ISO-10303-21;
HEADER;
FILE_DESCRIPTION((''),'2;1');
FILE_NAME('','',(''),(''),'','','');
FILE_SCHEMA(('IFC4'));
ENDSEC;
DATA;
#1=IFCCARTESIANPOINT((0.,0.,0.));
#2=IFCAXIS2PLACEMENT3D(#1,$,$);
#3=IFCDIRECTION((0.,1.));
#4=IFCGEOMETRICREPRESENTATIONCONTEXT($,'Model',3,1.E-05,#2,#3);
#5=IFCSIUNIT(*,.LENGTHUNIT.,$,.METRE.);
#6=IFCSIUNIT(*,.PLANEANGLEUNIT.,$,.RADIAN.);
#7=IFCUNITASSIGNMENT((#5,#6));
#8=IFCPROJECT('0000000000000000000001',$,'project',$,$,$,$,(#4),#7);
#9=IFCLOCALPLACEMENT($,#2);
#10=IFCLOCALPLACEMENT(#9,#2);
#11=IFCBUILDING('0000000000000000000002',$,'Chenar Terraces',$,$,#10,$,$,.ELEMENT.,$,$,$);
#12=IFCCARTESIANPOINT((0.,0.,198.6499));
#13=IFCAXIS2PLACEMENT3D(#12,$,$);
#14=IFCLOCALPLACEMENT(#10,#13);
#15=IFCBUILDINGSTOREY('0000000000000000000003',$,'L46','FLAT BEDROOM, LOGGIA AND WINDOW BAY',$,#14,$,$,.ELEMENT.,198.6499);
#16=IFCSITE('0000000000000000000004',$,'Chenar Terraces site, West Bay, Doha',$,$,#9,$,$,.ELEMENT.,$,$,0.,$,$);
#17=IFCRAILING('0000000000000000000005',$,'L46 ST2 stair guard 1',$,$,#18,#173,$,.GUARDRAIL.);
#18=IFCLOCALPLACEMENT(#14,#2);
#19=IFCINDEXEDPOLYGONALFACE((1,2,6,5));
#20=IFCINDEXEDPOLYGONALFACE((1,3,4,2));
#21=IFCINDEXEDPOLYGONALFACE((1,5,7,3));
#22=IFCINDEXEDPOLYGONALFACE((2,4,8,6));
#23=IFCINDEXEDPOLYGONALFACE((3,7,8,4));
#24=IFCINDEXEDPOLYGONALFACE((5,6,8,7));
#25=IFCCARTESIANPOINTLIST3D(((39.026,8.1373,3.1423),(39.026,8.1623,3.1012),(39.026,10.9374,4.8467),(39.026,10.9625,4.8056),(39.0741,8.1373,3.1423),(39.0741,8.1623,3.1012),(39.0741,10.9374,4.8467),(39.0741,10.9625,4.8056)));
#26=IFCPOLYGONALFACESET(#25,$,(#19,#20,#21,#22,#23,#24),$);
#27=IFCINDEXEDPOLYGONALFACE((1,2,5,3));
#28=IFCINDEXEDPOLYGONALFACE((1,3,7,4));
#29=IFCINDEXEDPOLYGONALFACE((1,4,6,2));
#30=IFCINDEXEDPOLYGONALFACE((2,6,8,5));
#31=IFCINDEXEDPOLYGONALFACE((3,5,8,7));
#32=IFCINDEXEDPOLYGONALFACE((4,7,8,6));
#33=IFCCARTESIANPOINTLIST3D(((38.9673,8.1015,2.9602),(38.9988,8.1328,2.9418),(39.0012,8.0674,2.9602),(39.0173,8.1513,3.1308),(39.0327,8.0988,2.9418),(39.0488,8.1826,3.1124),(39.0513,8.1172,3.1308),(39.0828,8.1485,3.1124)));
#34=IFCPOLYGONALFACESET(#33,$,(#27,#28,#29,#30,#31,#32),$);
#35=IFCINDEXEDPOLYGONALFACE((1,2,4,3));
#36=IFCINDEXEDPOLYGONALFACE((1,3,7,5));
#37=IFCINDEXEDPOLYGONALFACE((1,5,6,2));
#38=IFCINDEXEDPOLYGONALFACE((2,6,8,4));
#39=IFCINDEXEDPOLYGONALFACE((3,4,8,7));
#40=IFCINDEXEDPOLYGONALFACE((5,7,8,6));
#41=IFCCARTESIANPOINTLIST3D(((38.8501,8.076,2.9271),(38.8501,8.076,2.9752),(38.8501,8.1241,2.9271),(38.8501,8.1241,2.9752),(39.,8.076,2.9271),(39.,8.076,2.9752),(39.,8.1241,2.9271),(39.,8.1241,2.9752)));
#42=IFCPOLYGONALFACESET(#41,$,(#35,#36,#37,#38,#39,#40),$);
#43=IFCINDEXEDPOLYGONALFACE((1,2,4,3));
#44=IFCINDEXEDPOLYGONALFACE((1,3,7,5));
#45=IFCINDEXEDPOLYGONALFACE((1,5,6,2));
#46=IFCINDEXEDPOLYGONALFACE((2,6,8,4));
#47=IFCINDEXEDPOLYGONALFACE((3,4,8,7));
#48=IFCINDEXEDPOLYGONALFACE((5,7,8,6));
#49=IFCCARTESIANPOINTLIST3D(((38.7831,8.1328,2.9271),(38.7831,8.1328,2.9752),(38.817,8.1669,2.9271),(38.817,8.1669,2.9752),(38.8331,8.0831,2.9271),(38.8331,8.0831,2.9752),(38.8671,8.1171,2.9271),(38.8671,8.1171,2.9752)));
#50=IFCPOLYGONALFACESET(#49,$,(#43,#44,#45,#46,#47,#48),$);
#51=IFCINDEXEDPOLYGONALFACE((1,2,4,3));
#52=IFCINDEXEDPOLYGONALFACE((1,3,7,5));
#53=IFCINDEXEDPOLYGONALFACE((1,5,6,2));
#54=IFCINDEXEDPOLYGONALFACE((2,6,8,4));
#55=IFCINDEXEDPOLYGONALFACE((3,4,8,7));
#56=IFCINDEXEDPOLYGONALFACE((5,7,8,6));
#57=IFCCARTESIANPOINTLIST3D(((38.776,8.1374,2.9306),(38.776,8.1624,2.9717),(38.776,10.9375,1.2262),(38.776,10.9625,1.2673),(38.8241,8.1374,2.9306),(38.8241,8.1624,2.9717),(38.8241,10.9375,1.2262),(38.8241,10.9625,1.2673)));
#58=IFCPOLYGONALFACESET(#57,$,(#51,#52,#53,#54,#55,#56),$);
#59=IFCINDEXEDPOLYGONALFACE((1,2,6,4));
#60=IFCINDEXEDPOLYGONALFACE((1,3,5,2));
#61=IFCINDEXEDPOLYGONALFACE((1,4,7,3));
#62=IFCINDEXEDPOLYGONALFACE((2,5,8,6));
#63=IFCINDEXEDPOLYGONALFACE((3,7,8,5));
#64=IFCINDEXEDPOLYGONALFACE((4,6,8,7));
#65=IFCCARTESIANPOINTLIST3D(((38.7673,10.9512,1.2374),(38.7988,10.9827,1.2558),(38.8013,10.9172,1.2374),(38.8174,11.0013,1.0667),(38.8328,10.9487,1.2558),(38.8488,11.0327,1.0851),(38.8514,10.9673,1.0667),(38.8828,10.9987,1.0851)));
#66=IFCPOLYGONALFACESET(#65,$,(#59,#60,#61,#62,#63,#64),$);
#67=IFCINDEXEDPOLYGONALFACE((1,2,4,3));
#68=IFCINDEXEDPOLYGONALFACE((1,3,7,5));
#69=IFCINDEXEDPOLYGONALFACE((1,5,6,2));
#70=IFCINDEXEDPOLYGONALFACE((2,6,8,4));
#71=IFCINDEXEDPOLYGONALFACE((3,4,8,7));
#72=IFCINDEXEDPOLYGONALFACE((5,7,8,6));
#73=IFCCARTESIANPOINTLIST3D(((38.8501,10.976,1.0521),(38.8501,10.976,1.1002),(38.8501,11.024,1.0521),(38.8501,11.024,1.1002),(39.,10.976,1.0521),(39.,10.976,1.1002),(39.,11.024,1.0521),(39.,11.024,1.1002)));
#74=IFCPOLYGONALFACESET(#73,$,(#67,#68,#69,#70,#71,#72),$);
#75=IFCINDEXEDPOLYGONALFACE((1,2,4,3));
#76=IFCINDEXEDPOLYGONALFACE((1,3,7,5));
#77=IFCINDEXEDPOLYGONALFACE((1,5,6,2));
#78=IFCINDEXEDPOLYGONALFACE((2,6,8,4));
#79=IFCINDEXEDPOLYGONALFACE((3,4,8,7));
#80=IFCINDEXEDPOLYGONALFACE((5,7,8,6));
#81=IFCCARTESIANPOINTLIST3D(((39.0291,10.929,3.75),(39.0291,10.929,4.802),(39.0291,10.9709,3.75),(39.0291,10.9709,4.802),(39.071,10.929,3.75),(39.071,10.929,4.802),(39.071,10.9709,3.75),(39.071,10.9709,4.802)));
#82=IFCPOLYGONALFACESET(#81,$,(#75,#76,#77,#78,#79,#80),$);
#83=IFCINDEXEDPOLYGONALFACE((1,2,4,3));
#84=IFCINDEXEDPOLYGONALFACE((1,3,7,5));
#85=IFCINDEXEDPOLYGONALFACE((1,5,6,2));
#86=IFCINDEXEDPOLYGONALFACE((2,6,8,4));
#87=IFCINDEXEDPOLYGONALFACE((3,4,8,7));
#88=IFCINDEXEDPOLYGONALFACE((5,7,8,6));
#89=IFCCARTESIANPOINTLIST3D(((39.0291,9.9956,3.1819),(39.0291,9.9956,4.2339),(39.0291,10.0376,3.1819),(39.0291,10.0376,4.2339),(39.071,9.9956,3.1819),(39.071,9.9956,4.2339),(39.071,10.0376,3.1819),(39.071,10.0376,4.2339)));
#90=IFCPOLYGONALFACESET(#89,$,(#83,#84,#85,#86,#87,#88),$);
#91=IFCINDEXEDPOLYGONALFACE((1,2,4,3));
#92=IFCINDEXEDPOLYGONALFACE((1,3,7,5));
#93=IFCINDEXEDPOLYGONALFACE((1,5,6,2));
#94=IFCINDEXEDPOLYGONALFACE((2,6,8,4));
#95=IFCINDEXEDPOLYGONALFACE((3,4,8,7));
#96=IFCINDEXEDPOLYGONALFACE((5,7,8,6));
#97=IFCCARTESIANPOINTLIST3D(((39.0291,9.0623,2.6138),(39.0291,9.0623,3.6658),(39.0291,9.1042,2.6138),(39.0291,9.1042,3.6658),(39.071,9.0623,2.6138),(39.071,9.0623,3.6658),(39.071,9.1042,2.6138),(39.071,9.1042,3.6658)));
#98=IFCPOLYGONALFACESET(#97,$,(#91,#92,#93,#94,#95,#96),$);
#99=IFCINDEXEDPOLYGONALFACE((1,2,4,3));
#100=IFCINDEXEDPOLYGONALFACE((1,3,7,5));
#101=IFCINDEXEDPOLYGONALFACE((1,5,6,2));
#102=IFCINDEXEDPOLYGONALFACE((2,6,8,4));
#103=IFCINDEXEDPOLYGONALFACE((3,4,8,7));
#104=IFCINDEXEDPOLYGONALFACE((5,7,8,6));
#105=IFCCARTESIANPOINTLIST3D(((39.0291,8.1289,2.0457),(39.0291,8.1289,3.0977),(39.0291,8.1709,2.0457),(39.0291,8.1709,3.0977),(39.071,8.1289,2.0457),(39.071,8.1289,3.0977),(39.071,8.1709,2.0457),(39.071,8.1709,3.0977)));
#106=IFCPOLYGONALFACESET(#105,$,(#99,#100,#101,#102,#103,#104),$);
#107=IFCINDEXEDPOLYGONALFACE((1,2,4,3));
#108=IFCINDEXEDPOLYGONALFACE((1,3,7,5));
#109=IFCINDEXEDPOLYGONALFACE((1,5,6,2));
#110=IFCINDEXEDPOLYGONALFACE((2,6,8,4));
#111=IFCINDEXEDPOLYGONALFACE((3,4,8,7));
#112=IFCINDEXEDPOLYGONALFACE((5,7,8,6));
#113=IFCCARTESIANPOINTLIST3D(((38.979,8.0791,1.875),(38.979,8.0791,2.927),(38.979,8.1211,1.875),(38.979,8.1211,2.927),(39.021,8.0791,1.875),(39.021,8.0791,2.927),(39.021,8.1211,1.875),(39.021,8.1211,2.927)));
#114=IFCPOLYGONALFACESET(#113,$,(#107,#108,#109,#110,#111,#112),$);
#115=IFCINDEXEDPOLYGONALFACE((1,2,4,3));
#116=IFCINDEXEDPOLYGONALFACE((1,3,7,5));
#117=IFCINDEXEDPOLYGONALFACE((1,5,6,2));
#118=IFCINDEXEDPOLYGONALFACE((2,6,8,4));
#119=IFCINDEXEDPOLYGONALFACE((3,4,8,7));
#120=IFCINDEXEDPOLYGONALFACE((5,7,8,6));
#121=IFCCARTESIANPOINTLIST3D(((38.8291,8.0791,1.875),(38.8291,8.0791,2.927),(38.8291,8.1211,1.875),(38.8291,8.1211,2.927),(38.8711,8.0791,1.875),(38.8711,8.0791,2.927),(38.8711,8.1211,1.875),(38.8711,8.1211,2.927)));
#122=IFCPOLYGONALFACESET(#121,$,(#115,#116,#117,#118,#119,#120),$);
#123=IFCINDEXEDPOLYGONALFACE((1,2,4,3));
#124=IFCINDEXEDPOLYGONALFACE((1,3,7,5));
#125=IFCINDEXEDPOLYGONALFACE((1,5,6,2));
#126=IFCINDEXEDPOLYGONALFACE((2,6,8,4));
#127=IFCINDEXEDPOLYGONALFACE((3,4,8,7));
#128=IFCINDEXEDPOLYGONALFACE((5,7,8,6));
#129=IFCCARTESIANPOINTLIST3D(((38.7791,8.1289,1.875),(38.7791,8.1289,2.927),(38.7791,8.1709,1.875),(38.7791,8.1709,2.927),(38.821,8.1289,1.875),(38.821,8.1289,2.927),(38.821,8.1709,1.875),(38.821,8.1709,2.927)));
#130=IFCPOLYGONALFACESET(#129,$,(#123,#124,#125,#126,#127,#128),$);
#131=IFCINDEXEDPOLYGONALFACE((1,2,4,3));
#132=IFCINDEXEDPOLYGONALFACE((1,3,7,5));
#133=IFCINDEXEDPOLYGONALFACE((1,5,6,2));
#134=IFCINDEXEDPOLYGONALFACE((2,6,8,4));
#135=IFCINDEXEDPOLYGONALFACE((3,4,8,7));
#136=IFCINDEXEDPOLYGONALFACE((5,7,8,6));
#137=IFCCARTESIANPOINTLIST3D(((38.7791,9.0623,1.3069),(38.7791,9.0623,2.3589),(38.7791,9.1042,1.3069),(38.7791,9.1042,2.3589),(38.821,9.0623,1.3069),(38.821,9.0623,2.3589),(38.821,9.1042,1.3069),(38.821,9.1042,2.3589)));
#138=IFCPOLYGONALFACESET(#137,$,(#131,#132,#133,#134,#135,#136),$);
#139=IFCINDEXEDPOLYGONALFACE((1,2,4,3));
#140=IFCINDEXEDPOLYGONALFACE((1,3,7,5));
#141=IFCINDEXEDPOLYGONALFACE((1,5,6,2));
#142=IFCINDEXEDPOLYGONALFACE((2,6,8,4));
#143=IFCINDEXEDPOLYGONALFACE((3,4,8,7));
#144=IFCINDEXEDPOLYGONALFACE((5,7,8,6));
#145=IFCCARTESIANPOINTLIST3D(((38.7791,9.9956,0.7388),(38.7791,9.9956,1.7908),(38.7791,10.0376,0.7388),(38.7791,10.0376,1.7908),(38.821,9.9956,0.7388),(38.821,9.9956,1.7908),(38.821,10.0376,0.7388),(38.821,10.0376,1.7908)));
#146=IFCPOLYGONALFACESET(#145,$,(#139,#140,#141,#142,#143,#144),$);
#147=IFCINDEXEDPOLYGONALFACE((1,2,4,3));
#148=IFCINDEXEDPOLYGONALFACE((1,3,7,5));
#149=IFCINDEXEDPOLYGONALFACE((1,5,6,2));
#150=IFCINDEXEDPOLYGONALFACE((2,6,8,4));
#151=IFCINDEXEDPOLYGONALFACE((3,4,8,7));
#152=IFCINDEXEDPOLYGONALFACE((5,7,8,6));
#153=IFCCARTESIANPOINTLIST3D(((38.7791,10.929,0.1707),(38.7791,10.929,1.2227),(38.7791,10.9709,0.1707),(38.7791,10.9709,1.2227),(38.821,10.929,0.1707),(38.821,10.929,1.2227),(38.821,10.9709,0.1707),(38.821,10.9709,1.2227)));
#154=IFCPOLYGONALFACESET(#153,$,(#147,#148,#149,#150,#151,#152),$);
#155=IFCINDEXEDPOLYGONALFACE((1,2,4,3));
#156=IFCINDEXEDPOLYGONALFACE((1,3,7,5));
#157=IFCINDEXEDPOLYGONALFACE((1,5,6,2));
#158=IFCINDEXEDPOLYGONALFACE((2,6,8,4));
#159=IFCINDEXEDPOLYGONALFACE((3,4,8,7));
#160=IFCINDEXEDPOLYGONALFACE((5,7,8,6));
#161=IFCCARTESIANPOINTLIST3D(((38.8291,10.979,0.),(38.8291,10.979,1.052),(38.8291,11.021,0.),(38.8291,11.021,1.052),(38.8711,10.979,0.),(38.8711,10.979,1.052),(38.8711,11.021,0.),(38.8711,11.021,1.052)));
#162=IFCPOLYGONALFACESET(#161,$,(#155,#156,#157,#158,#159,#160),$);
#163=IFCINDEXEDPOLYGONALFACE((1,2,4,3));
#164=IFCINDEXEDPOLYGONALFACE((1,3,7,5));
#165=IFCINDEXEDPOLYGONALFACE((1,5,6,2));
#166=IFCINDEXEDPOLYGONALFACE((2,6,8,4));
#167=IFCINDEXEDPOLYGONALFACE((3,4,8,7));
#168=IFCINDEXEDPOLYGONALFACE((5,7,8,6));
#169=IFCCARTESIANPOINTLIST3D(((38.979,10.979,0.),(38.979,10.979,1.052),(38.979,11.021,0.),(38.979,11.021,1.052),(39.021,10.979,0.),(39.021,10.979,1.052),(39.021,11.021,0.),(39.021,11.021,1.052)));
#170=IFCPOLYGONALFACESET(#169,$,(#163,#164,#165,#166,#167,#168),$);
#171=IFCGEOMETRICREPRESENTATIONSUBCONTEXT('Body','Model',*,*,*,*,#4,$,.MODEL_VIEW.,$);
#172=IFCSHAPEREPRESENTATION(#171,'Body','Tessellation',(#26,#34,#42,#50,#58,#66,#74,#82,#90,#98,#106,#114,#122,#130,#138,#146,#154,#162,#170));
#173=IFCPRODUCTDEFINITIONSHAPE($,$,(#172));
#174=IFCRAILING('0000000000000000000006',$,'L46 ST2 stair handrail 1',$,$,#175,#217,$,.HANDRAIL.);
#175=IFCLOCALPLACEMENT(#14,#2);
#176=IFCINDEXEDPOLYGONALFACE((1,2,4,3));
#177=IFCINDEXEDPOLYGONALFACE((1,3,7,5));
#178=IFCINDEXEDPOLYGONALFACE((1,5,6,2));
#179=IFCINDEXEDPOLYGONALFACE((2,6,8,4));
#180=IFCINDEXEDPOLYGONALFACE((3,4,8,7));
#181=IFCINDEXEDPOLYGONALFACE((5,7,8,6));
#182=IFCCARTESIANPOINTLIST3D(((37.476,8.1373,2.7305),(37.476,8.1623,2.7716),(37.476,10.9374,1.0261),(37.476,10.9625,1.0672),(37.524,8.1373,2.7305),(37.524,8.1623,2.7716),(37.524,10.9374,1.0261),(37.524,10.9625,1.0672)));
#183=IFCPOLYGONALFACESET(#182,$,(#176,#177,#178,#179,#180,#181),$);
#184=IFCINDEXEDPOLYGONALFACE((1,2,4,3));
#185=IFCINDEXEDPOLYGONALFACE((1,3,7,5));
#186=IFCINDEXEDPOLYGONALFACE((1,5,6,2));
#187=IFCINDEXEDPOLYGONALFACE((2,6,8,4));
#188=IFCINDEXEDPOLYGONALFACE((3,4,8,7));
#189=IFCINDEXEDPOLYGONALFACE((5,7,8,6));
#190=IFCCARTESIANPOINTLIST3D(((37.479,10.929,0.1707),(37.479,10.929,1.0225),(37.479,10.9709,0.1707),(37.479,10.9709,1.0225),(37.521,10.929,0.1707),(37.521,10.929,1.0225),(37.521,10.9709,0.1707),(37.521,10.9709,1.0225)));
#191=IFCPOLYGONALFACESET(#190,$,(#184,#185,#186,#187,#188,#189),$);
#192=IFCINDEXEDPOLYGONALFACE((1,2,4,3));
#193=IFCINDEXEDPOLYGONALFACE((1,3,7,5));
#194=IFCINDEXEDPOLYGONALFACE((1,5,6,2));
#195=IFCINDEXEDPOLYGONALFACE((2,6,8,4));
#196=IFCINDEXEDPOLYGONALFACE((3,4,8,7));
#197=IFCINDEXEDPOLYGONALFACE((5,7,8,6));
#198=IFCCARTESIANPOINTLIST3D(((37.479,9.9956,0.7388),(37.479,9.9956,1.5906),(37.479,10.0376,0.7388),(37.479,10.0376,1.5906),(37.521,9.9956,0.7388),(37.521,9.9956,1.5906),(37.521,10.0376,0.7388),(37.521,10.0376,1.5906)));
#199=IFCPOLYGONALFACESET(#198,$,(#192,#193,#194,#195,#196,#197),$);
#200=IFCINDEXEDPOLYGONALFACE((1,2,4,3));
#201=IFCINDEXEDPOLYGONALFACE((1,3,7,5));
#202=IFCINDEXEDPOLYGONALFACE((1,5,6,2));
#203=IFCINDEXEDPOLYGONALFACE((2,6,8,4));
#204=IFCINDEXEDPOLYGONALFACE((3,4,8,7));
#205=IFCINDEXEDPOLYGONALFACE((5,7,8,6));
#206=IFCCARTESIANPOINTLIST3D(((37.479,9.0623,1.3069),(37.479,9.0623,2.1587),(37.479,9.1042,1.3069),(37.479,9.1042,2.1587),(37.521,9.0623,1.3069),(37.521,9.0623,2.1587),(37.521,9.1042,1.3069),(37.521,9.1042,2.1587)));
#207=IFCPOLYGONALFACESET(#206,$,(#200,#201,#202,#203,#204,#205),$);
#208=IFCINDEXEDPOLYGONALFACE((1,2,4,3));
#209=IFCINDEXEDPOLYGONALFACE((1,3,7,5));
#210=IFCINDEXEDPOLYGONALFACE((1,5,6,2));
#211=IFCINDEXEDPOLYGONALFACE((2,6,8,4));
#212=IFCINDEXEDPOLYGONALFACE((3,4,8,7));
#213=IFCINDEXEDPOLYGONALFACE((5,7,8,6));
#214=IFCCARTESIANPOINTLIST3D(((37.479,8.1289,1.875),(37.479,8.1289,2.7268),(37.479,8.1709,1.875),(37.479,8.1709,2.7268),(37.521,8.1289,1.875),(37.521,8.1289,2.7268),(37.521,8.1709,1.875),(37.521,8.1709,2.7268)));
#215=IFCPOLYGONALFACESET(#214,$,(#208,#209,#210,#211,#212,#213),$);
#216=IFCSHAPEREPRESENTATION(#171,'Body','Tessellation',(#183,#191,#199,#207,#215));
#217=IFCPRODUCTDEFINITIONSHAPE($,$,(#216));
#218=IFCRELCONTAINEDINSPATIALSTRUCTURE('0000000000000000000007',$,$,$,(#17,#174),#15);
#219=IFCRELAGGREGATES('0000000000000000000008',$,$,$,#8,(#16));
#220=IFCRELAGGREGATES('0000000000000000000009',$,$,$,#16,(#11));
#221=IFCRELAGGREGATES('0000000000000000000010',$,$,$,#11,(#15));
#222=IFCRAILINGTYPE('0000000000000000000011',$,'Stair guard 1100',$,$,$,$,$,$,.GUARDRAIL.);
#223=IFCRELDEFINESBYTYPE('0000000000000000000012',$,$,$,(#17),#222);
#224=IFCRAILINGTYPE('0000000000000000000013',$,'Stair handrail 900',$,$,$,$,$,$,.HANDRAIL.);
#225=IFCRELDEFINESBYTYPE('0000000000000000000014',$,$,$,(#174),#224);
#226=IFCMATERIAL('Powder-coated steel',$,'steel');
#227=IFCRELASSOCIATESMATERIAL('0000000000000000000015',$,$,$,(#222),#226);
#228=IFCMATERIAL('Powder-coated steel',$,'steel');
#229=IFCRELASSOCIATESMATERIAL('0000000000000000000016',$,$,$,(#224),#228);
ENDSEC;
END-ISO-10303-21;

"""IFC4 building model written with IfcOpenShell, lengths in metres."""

from ifc_helpers import new_model, si_unit, direction, frame, origin, origin_2d, place, context, subcontext, project, spatial, rectangle, extrude, material, type_object, element, save


model = new_model("IFC4")

# Units and contexts
model_context = context("Model", 3, precision=1e-05, world=origin(), true_north=direction((0.0, 1.0)))
body_context = subcontext(model_context, "Body", "Model", "MODEL_VIEW")
ifc_project = project(units=[si_unit("LENGTHUNIT", "METRE"), si_unit("PLANEANGLEUNIT", "RADIAN")], contexts=[model_context])

# Site, building, storey
site_placement = place(None, origin())
site = spatial("IfcSite", under=ifc_project, at=site_placement, Name="Chenar Terraces site, West Bay, Doha", CompositionType="ELEMENT", RefElevation=0.0)
building_placement = place(site_placement, origin())
building = spatial("IfcBuilding", under=site, at=building_placement, Name="Chenar Terraces", CompositionType="ELEMENT")
storey_placement = place(building_placement, frame((0.0, 0.0, 198.6499)))
storey = spatial("IfcBuildingStorey", under=building, at=storey_placement, Name="L46", Description="FLAT BEDROOM, LOGGIA AND WINDOW BAY", CompositionType="ELEMENT", Elevation=198.6499)

# Railings
ifc_material_1 = material(Name="Powder-coated steel", Category="steel")
railing_type_1 = type_object("IfcRailingType", Name="Stair guard 1100", PredefinedType="GUARDRAIL", material=ifc_material_1)
railing_1_placement = place(storey_placement, frame((39.05, 10.95, 3.75)))
element("IfcRailing", 1, at=railing_1_placement, inside=storey, type_object=railing_type_1, Name="L46 ST2 stair guard 1", PredefinedType="GUARDRAIL", context=body_context, shape_type="SweptSolid", body=[
    extrude(rectangle(XDim=0.0481, YDim=0.0481, at=origin_2d()), frame((0.0, 0.0, 1.0762), z_axis=(0.0, -0.854203, -0.51994), x_axis=(1.0, 0.0, 0.0)), (0.0, 0.0, 1.0), 3.2781),
    extrude(rectangle(XDim=0.0481, YDim=0.0481, at=origin_2d()), frame((0.0, -2.8, -0.6284), z_axis=(-0.270997, -0.269675, -0.924033), x_axis=(0.705376, -0.708834, 0.0)), (0.0, 0.0, 1.0), 0.1846),
    extrude(rectangle(XDim=0.0481, YDim=0.0481, at=origin_2d()), frame((-0.05, -2.8499, -0.7988), z_axis=(-1.0, 0.0, 0.0), x_axis=(0.0, -1.0, 0.0)), (0.0, 0.0, 1.0), 0.1499),
    extrude(rectangle(XDim=0.0481, YDim=0.0481, at=origin_2d()), frame((-0.2, -2.8499, -0.7988), z_axis=(-0.708834, 0.705376, 0.0), x_axis=(-0.705376, -0.708834, 0.0)), (0.0, 0.0, 1.0), 0.0706),
    extrude(rectangle(XDim=0.0481, YDim=0.0481, at=origin_2d()), frame((-0.25, -2.8, -0.7988), z_axis=(0.0, 0.854203, -0.51994), x_axis=(-1.0, 0.0, 0.0)), (0.0, 0.0, 1.0), 3.2781),
    extrude(rectangle(XDim=0.0481, YDim=0.0481, at=origin_2d()), frame((-0.25, 0.0, -2.5034), z_axis=(0.2709, 0.2709, -0.923703), x_axis=(-0.707107, 0.707107, 0.0)), (0.0, 0.0, 1.0), 0.1848),
    extrude(rectangle(XDim=0.0481, YDim=0.0481, at=origin_2d()), frame((-0.2, 0.05, -2.6738), z_axis=(1.0, 0.0, 0.0), x_axis=(0.0, 1.0, 0.0)), (0.0, 0.0, 1.0), 0.1499),
    extrude(rectangle(XDim=0.042, YDim=0.042, at=origin_2d()), origin(), (0.0, 0.0, 1.0), 1.052),
    extrude(rectangle(XDim=0.042, YDim=0.042, at=origin_2d()), frame((0.0, -0.9333, -0.5681)), (0.0, 0.0, 1.0), 1.052),
    extrude(rectangle(XDim=0.042, YDim=0.042, at=origin_2d()), frame((0.0, -1.8667, -1.1362)), (0.0, 0.0, 1.0), 1.052),
    extrude(rectangle(XDim=0.042, YDim=0.042, at=origin_2d()), frame((0.0, -2.8, -1.7043)), (0.0, 0.0, 1.0), 1.052),
    extrude(rectangle(XDim=0.042, YDim=0.042, at=origin_2d()), frame((-0.05, -2.8499, -1.875)), (0.0, 0.0, 1.0), 1.052),
    extrude(rectangle(XDim=0.042, YDim=0.042, at=origin_2d()), frame((-0.2, -2.8499, -1.875)), (0.0, 0.0, 1.0), 1.052),
    extrude(rectangle(XDim=0.042, YDim=0.042, at=origin_2d()), frame((-0.25, -2.8, -1.875)), (0.0, 0.0, 1.0), 1.052),
    extrude(rectangle(XDim=0.042, YDim=0.042, at=origin_2d()), frame((-0.25, -1.8667, -2.4431)), (0.0, 0.0, 1.0), 1.052),
    extrude(rectangle(XDim=0.042, YDim=0.042, at=origin_2d()), frame((-0.25, -0.9333, -3.0112)), (0.0, 0.0, 1.0), 1.052),
    extrude(rectangle(XDim=0.042, YDim=0.042, at=origin_2d()), frame((-0.25, 0.0, -3.5793)), (0.0, 0.0, 1.0), 1.052),
    extrude(rectangle(XDim=0.042, YDim=0.042, at=origin_2d()), frame((-0.2, 0.05, -3.75)), (0.0, 0.0, 1.0), 1.052),
    extrude(rectangle(XDim=0.042, YDim=0.042, at=origin_2d()), frame((-0.05, 0.05, -3.75)), (0.0, 0.0, 1.0), 1.052),
])
ifc_material_2 = material(Name="Powder-coated steel", Category="steel")
railing_type_2 = type_object("IfcRailingType", Name="Stair handrail 900", PredefinedType="HANDRAIL", material=ifc_material_2)
railing_2_placement = place(storey_placement, frame((37.5, 10.95, 0.1707)))
element("IfcRailing", 2, at=railing_2_placement, inside=storey, type_object=railing_type_2, Name="L46 ST2 stair handrail 1", PredefinedType="HANDRAIL", context=body_context, shape_type="SweptSolid", body=[
    extrude(rectangle(XDim=0.0481, YDim=0.0481, at=origin_2d()), frame((0.0, 0.0, 0.876), z_axis=(0.0, -0.854203, 0.51994), x_axis=(1.0, 0.0, 0.0)), (0.0, 0.0, 1.0), 3.2781),
    extrude(rectangle(XDim=0.042, YDim=0.042, at=origin_2d()), origin(), (0.0, 0.0, 1.0), 0.8518),
    extrude(rectangle(XDim=0.042, YDim=0.042, at=origin_2d()), frame((0.0, -0.9333, 0.5681)), (0.0, 0.0, 1.0), 0.8518),
    extrude(rectangle(XDim=0.042, YDim=0.042, at=origin_2d()), frame((0.0, -1.8667, 1.1362)), (0.0, 0.0, 1.0), 0.8518),
    extrude(rectangle(XDim=0.042, YDim=0.042, at=origin_2d()), frame((0.0, -2.8, 1.7043)), (0.0, 0.0, 1.0), 0.8518),
])

save(model, "model.ifc")
